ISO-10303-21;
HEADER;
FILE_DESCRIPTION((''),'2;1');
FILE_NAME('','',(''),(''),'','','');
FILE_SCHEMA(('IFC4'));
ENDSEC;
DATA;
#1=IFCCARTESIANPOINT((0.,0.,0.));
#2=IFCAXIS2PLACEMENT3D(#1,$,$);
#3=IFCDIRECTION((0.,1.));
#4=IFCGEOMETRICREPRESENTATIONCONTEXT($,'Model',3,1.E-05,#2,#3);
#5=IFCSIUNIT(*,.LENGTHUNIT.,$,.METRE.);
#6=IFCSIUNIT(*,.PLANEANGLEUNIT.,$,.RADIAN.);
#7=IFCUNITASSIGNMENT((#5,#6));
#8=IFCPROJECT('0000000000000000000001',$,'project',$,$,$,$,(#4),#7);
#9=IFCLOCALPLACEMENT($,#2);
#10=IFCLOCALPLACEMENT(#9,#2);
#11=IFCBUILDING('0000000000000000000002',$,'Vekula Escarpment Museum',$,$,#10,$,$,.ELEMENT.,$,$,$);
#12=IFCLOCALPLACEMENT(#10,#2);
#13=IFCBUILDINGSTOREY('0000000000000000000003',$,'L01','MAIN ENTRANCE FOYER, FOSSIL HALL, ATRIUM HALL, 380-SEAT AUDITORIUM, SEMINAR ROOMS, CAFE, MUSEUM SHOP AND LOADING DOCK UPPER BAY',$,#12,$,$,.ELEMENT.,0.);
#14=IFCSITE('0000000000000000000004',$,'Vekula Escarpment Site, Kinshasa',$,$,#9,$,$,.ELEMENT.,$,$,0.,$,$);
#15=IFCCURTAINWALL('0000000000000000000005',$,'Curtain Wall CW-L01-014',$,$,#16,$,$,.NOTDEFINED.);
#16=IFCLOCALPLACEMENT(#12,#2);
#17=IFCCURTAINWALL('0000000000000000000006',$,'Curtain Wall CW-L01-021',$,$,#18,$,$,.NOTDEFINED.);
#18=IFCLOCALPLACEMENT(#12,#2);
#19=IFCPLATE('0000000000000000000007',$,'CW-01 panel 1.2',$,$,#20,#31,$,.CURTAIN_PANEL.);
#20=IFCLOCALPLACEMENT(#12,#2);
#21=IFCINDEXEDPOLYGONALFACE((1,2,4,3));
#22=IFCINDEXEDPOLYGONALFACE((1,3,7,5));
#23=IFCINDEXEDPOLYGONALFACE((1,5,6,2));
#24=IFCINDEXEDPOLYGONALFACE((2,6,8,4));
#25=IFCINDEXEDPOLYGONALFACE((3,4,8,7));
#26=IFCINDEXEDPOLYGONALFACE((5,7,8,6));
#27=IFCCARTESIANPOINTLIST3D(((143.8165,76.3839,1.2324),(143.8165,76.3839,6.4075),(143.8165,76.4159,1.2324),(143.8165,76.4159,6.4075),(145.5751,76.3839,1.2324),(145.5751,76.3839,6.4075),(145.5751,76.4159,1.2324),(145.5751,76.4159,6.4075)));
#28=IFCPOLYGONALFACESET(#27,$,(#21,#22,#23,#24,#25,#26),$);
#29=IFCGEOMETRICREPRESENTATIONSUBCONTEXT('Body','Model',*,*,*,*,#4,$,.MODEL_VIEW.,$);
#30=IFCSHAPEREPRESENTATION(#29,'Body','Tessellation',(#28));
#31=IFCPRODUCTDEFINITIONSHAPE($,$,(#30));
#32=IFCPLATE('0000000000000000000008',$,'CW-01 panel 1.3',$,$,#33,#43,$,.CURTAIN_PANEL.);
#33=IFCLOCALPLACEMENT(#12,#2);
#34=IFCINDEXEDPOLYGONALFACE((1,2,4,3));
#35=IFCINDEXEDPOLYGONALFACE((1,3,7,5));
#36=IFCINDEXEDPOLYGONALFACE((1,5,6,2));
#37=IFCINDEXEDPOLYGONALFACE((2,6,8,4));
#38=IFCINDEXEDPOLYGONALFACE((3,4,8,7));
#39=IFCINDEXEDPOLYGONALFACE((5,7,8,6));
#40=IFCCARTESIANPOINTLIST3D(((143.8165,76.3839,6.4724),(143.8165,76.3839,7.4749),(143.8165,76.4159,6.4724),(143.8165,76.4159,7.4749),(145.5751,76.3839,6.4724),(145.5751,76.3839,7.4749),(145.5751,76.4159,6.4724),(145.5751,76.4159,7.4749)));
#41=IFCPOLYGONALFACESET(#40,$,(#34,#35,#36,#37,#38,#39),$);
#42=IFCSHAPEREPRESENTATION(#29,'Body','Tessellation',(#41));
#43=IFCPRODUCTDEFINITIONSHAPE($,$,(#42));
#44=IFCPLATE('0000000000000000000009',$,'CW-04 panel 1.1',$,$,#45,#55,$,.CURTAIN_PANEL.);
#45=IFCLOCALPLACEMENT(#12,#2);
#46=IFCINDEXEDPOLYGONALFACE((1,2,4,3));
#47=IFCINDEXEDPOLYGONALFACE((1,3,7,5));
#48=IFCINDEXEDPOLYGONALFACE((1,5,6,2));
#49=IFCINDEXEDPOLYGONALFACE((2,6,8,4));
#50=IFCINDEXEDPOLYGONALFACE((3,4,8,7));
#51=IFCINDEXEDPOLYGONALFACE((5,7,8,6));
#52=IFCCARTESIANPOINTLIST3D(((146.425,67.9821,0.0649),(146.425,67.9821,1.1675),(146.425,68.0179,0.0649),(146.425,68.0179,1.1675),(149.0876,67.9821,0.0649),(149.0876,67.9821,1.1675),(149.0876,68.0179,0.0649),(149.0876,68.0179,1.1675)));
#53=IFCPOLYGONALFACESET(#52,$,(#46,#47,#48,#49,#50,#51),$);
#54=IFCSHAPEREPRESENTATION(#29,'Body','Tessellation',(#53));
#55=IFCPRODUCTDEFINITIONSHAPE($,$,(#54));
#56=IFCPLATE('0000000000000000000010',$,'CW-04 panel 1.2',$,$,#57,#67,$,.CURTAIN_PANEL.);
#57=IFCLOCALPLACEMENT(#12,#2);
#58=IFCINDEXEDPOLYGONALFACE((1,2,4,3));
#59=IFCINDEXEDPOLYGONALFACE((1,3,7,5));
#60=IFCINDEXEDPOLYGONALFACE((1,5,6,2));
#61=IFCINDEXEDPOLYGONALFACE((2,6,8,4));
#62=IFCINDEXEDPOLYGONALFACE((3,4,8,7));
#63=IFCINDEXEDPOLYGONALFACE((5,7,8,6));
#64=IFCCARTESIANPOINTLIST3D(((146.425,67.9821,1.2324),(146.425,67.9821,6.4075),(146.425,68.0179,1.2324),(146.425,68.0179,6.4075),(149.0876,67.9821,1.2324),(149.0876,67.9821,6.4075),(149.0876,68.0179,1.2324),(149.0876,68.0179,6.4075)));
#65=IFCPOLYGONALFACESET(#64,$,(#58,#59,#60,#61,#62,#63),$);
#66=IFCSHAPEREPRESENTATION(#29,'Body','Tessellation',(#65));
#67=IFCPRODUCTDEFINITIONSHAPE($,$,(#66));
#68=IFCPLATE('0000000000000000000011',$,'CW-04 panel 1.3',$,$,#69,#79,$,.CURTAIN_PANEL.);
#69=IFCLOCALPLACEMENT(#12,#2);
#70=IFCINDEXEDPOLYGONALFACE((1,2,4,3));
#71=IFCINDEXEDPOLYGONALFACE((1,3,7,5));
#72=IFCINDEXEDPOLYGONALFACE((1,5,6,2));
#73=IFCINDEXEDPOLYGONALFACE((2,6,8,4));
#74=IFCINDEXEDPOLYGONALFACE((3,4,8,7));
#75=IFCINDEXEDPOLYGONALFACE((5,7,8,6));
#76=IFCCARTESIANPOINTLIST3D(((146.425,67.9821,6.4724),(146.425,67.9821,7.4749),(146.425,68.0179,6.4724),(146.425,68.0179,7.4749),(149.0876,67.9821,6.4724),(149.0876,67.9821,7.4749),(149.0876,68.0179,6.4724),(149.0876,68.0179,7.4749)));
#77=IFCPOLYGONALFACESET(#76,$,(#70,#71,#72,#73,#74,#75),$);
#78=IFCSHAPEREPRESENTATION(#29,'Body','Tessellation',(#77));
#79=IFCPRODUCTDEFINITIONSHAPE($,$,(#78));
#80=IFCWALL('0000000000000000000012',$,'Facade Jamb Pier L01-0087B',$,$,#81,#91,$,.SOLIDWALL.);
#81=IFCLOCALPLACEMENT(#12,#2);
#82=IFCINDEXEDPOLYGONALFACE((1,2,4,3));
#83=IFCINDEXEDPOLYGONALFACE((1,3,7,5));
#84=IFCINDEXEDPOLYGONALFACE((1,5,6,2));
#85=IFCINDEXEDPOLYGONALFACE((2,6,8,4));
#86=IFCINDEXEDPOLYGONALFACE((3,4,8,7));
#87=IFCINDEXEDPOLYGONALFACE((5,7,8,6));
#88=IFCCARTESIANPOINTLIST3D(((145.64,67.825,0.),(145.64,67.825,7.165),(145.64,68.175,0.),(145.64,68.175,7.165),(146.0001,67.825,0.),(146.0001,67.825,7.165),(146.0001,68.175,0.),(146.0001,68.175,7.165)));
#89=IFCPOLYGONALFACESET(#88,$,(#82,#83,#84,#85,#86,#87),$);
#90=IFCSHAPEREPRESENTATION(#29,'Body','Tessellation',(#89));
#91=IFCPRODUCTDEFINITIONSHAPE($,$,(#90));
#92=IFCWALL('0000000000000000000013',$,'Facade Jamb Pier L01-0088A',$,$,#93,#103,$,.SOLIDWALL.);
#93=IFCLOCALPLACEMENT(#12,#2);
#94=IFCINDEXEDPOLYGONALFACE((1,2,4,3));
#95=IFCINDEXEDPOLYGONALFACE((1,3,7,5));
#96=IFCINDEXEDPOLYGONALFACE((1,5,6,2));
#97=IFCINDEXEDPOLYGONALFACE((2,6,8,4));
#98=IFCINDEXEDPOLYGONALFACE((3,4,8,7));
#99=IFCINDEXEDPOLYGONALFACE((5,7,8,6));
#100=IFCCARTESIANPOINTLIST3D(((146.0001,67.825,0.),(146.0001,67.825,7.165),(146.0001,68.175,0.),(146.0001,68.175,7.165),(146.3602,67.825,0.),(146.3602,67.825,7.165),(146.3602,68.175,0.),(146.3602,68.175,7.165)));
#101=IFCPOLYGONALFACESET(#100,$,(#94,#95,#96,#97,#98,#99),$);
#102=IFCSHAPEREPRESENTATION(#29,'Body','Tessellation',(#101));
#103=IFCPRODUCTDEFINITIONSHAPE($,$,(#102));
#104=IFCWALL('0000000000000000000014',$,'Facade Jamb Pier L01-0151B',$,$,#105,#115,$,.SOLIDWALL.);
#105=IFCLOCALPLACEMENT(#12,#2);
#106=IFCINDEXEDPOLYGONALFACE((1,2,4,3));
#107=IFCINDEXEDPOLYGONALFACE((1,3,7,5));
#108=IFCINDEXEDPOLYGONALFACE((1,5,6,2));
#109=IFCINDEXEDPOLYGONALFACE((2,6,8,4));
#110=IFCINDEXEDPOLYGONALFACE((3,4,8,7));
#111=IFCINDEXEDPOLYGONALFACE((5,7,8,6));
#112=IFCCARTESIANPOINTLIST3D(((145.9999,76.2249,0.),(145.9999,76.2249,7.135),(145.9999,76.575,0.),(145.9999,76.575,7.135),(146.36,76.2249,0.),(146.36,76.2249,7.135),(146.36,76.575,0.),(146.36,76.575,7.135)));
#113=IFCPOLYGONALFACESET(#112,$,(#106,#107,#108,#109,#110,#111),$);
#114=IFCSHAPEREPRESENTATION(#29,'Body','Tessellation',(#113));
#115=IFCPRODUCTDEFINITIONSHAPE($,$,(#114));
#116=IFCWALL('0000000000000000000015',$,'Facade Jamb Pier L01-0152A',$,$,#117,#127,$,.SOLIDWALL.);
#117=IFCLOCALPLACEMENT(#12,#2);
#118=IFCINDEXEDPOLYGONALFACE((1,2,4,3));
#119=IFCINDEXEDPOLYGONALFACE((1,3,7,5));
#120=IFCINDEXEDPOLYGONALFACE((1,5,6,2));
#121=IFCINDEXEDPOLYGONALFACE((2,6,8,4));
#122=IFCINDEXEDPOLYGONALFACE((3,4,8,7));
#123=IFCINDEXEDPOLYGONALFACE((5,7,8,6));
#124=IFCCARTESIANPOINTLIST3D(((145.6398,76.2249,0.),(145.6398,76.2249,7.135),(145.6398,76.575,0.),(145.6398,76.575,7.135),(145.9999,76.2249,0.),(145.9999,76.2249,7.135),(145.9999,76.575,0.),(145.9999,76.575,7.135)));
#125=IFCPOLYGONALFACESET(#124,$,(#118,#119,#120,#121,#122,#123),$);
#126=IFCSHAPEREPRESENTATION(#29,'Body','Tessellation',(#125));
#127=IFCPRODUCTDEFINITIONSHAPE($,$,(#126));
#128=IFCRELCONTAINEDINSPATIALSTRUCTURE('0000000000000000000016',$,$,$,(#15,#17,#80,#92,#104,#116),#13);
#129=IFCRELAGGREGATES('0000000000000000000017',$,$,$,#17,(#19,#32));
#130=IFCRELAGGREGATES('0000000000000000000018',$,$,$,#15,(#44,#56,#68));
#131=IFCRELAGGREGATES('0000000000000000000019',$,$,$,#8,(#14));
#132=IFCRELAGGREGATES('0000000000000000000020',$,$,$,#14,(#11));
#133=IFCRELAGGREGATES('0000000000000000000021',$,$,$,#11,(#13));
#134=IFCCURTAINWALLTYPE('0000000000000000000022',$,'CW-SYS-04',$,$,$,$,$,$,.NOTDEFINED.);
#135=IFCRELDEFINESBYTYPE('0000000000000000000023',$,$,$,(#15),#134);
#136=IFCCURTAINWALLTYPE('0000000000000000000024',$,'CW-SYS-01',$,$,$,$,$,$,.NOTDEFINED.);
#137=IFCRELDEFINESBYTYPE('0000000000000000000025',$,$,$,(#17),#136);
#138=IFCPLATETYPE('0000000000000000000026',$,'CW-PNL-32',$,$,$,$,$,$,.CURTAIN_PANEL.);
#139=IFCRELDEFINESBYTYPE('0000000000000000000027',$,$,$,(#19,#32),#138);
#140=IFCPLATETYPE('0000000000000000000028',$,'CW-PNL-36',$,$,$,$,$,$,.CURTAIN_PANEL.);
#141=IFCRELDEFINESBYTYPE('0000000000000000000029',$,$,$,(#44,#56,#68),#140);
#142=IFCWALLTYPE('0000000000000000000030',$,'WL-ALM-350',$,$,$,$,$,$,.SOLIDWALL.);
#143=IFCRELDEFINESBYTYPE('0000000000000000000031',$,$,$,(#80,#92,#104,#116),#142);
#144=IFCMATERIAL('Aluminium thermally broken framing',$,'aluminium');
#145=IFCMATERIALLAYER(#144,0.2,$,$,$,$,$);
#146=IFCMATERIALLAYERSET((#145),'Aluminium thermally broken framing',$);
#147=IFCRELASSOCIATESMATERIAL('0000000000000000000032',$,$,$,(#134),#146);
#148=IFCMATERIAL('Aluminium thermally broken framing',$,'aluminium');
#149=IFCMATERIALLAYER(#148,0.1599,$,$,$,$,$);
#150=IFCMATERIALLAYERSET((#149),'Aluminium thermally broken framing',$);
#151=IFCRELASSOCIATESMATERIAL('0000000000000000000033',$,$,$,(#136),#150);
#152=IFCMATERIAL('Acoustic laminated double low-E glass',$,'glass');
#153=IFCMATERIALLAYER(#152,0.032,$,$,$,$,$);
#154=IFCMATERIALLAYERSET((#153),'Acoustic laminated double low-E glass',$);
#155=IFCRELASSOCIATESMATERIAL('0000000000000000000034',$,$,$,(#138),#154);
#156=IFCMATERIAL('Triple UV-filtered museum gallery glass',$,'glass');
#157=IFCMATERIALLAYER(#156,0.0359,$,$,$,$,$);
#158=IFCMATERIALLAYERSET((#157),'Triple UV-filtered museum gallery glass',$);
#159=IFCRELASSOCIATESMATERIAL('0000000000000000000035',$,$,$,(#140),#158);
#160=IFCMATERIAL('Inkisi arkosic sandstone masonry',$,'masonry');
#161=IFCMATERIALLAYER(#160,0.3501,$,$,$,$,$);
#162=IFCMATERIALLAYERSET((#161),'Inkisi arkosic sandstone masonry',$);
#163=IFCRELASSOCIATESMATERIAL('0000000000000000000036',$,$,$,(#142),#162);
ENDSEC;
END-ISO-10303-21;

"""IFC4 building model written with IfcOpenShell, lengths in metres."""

from ifc_helpers import new_model, si_unit, direction, frame, frame_2d, origin, origin_2d, place, context, subcontext, project, spatial, rectangle, extrude, material, layer, layer_set, type_object, element, aggregate, save


model = new_model("IFC4")

# Units and contexts
model_context = context("Model", 3, precision=1e-05, world=origin(), true_north=direction((0.0, 1.0)))
body_context = subcontext(model_context, "Body", "Model", "MODEL_VIEW")
ifc_project = project(units=[si_unit("LENGTHUNIT", "METRE"), si_unit("PLANEANGLEUNIT", "RADIAN")], contexts=[model_context])

# Site, building, storey
site_placement = place(None, origin())
site = spatial("IfcSite", under=ifc_project, at=site_placement, Name="Vekula Escarpment Site, Kinshasa", CompositionType="ELEMENT", RefElevation=0.0)
building_placement = place(site_placement, origin())
building = spatial("IfcBuilding", under=site, at=building_placement, Name="Vekula Escarpment Museum", CompositionType="ELEMENT")
storey_placement = place(building_placement, origin())
storey = spatial("IfcBuildingStorey", under=building, at=storey_placement, Name="L01", Description="MAIN ENTRANCE FOYER, FOSSIL HALL, ATRIUM HALL, 380-SEAT AUDITORIUM, SEMINAR ROOMS, CAFE, MUSEUM SHOP AND LOADING DOCK UPPER BAY", CompositionType="ELEMENT", Elevation=0.0)

# Curtain walls
ifc_material_1 = material(Name="Aluminium thermally broken framing", Category="aluminium")
ifc_layer_1 = layer(ifc_material_1, 0.2)
ifc_layer_set_1 = layer_set([ifc_layer_1], Name="Aluminium thermally broken framing")
curtain_wall_type_1 = type_object("IfcCurtainWallType", Name="CW-SYS-04", PredefinedType="NOTDEFINED", material=ifc_layer_set_1)
curtain_wall_1_placement = place(storey_placement, origin())
curtain_wall_1 = element("IfcCurtainWall", 1, at=curtain_wall_1_placement, inside=storey, type_object=curtain_wall_type_1, Name="Curtain Wall CW-L01-014", PredefinedType="NOTDEFINED")
ifc_material_2 = material(Name="Aluminium thermally broken framing", Category="aluminium")
ifc_layer_2 = layer(ifc_material_2, 0.1599)
ifc_layer_set_2 = layer_set([ifc_layer_2], Name="Aluminium thermally broken framing")
curtain_wall_type_2 = type_object("IfcCurtainWallType", Name="CW-SYS-01", PredefinedType="NOTDEFINED", material=ifc_layer_set_2)
curtain_wall_2_placement = place(storey_placement, origin())
curtain_wall_2 = element("IfcCurtainWall", 2, at=curtain_wall_2_placement, inside=storey, type_object=curtain_wall_type_2, Name="Curtain Wall CW-L01-021", PredefinedType="NOTDEFINED")

# Plates
ifc_material_3 = material(Name="Acoustic laminated double low-E glass", Category="glass")
ifc_layer_3 = layer(ifc_material_3, 0.032)
ifc_layer_set_3 = layer_set([ifc_layer_3], Name="Acoustic laminated double low-E glass")
plate_type_1 = type_object("IfcPlateType", Name="CW-PNL-32", PredefinedType="CURTAIN_PANEL", material=ifc_layer_set_3)
plate_1_placement = place(storey_placement, frame((144.6958, 76.3999, 1.2324), z_axis=(0.0, 0.0, 1.0), x_axis=(-1.0, 0.0, 0.0)))
plate_1 = element("IfcPlate", 3, at=plate_1_placement, type_object=plate_type_1, Name="CW-01 panel 1.2", PredefinedType="CURTAIN_PANEL", context=body_context, shape_type="SweptSolid", body=[
    extrude(rectangle(XDim=1.7585, YDim=0.032, at=origin_2d()), origin(), (0.0, 0.0, 1.0), 5.175),
])
plate_2_placement = place(storey_placement, frame((144.6958, 76.3999, 6.4724), z_axis=(0.0, 0.0, 1.0), x_axis=(-1.0, 0.0, 0.0)))
plate_2 = element("IfcPlate", 4, at=plate_2_placement, type_object=plate_type_1, Name="CW-01 panel 1.3", PredefinedType="CURTAIN_PANEL", context=body_context, shape_type="SweptSolid", body=[
    extrude(rectangle(XDim=1.7585, YDim=0.032, at=origin_2d()), origin(), (0.0, 0.0, 1.0), 1.0024),
])
aggregate(curtain_wall_2, [plate_1, plate_2])
ifc_material_4 = material(Name="Triple UV-filtered museum gallery glass", Category="glass")
ifc_layer_4 = layer(ifc_material_4, 0.0359)
ifc_layer_set_4 = layer_set([ifc_layer_4], Name="Triple UV-filtered museum gallery glass")
plate_type_2 = type_object("IfcPlateType", Name="CW-PNL-36", PredefinedType="CURTAIN_PANEL", material=ifc_layer_set_4)
plate_3_placement = place(storey_placement, frame((147.7563, 68.0, 0.0649), z_axis=(0.0, 0.0, 1.0), x_axis=(1.0, 0.0, 0.0)))
plate_3 = element("IfcPlate", 5, at=plate_3_placement, type_object=plate_type_2, Name="CW-04 panel 1.1", PredefinedType="CURTAIN_PANEL", context=body_context, shape_type="SweptSolid", body=[
    extrude(rectangle(XDim=2.6626, YDim=0.0359, at=origin_2d()), origin(), (0.0, 0.0, 1.0), 1.1025),
])
plate_4_placement = place(storey_placement, frame((147.7563, 68.0, 1.2324), z_axis=(0.0, 0.0, 1.0), x_axis=(1.0, 0.0, 0.0)))
plate_4 = element("IfcPlate", 6, at=plate_4_placement, type_object=plate_type_2, Name="CW-04 panel 1.2", PredefinedType="CURTAIN_PANEL", context=body_context, shape_type="SweptSolid", body=[
    extrude(rectangle(XDim=2.6626, YDim=0.0359, at=origin_2d()), origin(), (0.0, 0.0, 1.0), 5.175),
])
plate_5_placement = place(storey_placement, frame((147.7563, 68.0, 6.4724), z_axis=(0.0, 0.0, 1.0), x_axis=(1.0, 0.0, 0.0)))
plate_5 = element("IfcPlate", 7, at=plate_5_placement, type_object=plate_type_2, Name="CW-04 panel 1.3", PredefinedType="CURTAIN_PANEL", context=body_context, shape_type="SweptSolid", body=[
    extrude(rectangle(XDim=2.6626, YDim=0.0359, at=origin_2d()), origin(), (0.0, 0.0, 1.0), 1.0024),
])
aggregate(curtain_wall_1, [plate_3, plate_4, plate_5])

# Walls
ifc_material_5 = material(Name="Inkisi arkosic sandstone masonry", Category="masonry")
ifc_layer_5 = layer(ifc_material_5, 0.3501)
ifc_layer_set_5 = layer_set([ifc_layer_5], Name="Inkisi arkosic sandstone masonry")
wall_type = type_object("IfcWallType", Name="WL-ALM-350", PredefinedType="SOLIDWALL", material=ifc_layer_set_5)
for number, where, z_axis, x_axis, name in (
    (8, (145.6399, 68.0, 0.0), (0.0, 0.0, 1.0), (1.0, 0.0, 0.0), "Facade Jamb Pier L01-0087B"),
    (9, (146.0, 68.0, 0.0), (0.0, 0.0, 1.0), (1.0, 0.0, 0.0), "Facade Jamb Pier L01-0088A"),
):
    element("IfcWall", number, at=place(storey_placement, frame(where, z_axis=z_axis, x_axis=x_axis)), inside=storey, type_object=wall_type, Name=name, PredefinedType="SOLIDWALL", context=body_context, shape_type="SweptSolid", body=[
        extrude(rectangle(XDim=0.3601, YDim=0.3501, at=frame_2d((0.1802, 0.0))), origin(), (0.0, 0.0, 1.0), 7.165),
    ])
for number, where, z_axis, x_axis, name in (
    (10, (146.3601, 76.3999, 0.0), (0.0, 0.0, 1.0), (-1.0, 0.0, 0.0), "Facade Jamb Pier L01-0151B"),
    (11, (146.0, 76.3999, 0.0), (0.0, 0.0, 1.0), (-1.0, 0.0, 0.0), "Facade Jamb Pier L01-0152A"),
):
    element("IfcWall", number, at=place(storey_placement, frame(where, z_axis=z_axis, x_axis=x_axis)), inside=storey, type_object=wall_type, Name=name, PredefinedType="SOLIDWALL", context=body_context, shape_type="SweptSolid", body=[
        extrude(rectangle(XDim=0.3601, YDim=0.3501, at=frame_2d((0.1802, 0.0))), origin(), (0.0, 0.0, 1.0), 7.135),
    ])

save(model, "model.ifc")
